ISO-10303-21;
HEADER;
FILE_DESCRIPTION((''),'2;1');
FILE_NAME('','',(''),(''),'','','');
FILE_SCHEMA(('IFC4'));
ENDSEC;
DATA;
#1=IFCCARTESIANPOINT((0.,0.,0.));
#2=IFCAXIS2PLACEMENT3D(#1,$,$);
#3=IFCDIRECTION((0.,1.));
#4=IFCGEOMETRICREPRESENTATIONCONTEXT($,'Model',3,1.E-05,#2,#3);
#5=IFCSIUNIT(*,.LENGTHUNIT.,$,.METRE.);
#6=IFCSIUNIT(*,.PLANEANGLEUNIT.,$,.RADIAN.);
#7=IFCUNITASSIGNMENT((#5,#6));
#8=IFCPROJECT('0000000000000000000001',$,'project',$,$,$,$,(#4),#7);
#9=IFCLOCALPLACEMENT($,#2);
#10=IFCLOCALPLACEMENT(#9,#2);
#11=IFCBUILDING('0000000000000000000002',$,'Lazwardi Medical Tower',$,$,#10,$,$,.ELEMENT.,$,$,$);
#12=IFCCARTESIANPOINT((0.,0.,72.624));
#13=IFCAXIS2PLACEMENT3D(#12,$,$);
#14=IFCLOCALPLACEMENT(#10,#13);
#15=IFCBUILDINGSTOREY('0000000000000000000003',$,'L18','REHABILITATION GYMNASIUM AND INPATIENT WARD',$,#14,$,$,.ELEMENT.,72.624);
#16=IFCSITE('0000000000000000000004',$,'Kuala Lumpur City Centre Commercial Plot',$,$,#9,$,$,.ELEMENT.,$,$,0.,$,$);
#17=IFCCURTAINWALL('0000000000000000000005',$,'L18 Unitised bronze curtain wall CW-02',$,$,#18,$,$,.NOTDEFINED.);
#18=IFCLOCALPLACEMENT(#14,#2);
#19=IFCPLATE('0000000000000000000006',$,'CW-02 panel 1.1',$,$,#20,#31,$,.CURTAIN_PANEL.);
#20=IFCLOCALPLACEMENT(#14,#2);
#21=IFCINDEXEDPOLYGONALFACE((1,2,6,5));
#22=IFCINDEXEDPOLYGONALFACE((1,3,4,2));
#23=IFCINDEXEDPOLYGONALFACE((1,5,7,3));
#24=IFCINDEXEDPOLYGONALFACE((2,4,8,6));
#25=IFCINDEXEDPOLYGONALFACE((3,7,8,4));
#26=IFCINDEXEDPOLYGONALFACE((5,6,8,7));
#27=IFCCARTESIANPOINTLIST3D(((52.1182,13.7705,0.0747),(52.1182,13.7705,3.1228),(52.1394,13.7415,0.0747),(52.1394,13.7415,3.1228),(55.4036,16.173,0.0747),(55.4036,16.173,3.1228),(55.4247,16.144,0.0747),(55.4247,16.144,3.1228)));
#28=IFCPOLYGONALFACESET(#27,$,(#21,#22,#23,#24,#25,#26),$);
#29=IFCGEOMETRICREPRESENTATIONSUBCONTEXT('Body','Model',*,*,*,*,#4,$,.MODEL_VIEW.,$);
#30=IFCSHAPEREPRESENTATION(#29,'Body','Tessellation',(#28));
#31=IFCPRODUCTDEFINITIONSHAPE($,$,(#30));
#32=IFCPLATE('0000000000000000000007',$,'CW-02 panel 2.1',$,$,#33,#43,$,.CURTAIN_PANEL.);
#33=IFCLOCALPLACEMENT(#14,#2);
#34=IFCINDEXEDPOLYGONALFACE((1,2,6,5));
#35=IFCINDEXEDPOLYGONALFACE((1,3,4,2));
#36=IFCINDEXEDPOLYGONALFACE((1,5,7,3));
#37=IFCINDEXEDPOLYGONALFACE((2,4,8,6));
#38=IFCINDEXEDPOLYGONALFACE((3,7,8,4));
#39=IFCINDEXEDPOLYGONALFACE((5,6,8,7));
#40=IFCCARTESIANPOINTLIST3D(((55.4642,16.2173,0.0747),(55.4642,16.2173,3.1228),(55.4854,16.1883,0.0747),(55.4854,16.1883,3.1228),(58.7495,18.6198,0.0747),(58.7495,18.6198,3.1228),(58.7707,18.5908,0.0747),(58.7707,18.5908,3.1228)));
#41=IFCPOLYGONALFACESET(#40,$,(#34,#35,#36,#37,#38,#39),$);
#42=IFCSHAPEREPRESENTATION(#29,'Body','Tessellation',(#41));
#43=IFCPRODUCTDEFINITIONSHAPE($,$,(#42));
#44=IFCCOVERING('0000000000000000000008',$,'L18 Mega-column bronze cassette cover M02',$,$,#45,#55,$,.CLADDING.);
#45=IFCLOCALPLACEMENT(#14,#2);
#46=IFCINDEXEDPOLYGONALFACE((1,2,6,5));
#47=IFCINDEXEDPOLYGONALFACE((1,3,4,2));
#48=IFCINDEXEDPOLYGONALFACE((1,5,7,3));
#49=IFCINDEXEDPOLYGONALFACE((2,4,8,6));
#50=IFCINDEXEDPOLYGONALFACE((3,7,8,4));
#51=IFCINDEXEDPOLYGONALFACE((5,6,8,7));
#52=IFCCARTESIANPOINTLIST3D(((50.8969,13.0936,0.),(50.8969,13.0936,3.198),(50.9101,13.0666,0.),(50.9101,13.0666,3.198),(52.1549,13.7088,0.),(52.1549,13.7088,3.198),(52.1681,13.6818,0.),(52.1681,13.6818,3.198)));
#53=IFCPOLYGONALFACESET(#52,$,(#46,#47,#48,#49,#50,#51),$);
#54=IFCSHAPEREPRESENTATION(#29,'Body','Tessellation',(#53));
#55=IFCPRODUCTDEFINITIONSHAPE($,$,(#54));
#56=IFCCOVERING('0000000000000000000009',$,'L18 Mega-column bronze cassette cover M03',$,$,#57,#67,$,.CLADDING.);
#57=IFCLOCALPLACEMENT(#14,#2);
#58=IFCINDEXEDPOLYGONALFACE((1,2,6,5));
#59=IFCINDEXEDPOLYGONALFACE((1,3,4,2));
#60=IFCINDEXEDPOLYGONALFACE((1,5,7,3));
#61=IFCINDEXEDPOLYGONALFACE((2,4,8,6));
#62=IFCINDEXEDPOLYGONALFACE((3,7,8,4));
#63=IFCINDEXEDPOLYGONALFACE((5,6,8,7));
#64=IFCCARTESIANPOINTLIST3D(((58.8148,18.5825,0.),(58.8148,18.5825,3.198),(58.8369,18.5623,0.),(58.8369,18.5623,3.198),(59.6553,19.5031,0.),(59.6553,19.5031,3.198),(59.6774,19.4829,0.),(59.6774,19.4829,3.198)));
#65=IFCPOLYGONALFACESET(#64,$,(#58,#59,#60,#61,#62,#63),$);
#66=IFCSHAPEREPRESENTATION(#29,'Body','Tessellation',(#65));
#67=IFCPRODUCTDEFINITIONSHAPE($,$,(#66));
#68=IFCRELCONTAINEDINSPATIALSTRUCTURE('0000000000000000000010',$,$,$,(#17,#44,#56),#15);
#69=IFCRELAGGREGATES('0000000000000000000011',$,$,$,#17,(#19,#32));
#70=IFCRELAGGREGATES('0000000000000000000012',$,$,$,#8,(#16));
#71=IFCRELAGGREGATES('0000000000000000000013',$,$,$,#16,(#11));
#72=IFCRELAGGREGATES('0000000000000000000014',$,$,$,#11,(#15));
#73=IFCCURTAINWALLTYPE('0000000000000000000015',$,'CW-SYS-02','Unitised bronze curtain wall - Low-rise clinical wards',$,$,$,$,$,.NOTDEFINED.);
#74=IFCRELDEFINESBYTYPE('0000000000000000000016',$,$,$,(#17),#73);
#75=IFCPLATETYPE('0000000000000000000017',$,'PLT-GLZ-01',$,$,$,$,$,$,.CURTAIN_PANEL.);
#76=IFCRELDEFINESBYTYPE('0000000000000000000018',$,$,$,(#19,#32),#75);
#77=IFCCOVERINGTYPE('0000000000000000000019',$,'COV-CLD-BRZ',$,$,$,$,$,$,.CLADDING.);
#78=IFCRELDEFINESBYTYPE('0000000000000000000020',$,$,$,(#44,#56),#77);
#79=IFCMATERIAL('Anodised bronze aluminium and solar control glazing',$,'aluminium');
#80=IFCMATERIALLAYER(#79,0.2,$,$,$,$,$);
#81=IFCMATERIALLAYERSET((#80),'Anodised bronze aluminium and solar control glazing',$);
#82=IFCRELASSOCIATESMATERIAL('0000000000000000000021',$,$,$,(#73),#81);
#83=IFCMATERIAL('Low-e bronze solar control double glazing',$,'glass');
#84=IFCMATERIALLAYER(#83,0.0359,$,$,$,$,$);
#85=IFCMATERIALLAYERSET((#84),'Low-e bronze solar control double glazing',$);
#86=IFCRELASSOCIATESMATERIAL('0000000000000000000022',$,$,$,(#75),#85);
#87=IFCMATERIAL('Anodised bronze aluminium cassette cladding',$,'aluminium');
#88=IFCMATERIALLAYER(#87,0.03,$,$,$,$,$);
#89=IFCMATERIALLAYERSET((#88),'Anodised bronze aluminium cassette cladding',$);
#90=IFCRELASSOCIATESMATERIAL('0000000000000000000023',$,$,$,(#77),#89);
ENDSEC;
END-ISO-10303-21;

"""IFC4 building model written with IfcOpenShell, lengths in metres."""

from ifc_helpers import new_model, si_unit, direction, frame, origin, origin_2d, place, context, subcontext, project, spatial, rectangle, extrude, material, layer, layer_set, type_object, element, aggregate, save


model = new_model("IFC4")

# Units and contexts
model_context = context("Model", 3, precision=1e-05, world=origin(), true_north=direction((0.0, 1.0)))
body_context = subcontext(model_context, "Body", "Model", "MODEL_VIEW")
ifc_project = project(units=[si_unit("LENGTHUNIT", "METRE"), si_unit("PLANEANGLEUNIT", "RADIAN")], contexts=[model_context])

# Site, building, storey
site_placement = place(None, origin())
site = spatial("IfcSite", under=ifc_project, at=site_placement, Name="Kuala Lumpur City Centre Commercial Plot", CompositionType="ELEMENT", RefElevation=0.0)
building_placement = place(site_placement, origin())
building = spatial("IfcBuilding", under=site, at=building_placement, Name="Lazwardi Medical Tower", CompositionType="ELEMENT")
storey_placement = place(building_placement, frame((0.0, 0.0, 72.624)))
storey = spatial("IfcBuildingStorey", under=building, at=storey_placement, Name="L18", Description="REHABILITATION GYMNASIUM AND INPATIENT WARD", CompositionType="ELEMENT", Elevation=72.624)

# Shared definitions
ifc_material_1 = material(Name="Anodised bronze aluminium and solar control glazing", Category="aluminium")
ifc_layer_1 = layer(ifc_material_1, 0.2)
ifc_layer_set_1 = layer_set([ifc_layer_1], Name="Anodised bronze aluminium and solar control glazing")
curtain_wall_type = type_object("IfcCurtainWallType", Name="CW-SYS-02", Description="Unitised bronze curtain wall - Low-rise clinical wards", PredefinedType="NOTDEFINED", material=ifc_layer_set_1)

# Curtain wall
curtain_wall_1_placement = place(storey_placement, origin())
curtain_wall_1 = element("IfcCurtainWall", 1, at=curtain_wall_1_placement, inside=storey, type_object=curtain_wall_type, Name="L18 Unitised bronze curtain wall CW-02", PredefinedType="NOTDEFINED")

# Plates
ifc_material_2 = material(Name="Low-e bronze solar control double glazing", Category="glass")
ifc_layer_2 = layer(ifc_material_2, 0.0359)
ifc_layer_set_2 = layer_set([ifc_layer_2], Name="Low-e bronze solar control double glazing")
plate_type = type_object("IfcPlateType", Name="PLT-GLZ-01", PredefinedType="CURTAIN_PANEL", material=ifc_layer_set_2)
plate_1_placement = place(storey_placement, frame((53.7715, 14.9573, 0.0747), z_axis=(0.0, 0.0, 1.0), x_axis=(0.807192, 0.590289, 0.0)))
plate_1 = element("IfcPlate", 2, at=plate_1_placement, type_object=plate_type, Name="CW-02 panel 1.1", PredefinedType="CURTAIN_PANEL", context=body_context, shape_type="SweptSolid", body=[
    extrude(rectangle(XDim=4.0701, YDim=0.0359, at=origin_2d()), origin(), (0.0, 0.0, 1.0), 3.0481),
])
plate_2_placement = place(storey_placement, frame((57.1174, 17.4041, 0.0747), z_axis=(0.0, 0.0, 1.0), x_axis=(0.807192, 0.590289, 0.0)))
plate_2 = element("IfcPlate", 3, at=plate_2_placement, type_object=plate_type, Name="CW-02 panel 2.1", PredefinedType="CURTAIN_PANEL", context=body_context, shape_type="SweptSolid", body=[
    extrude(rectangle(XDim=4.0701, YDim=0.0359, at=origin_2d()), origin(), (0.0, 0.0, 1.0), 3.0481),
])
aggregate(curtain_wall_1, [plate_1, plate_2])

# Coverings
ifc_material_3 = material(Name="Anodised bronze aluminium cassette cladding", Category="aluminium")
ifc_layer_3 = layer(ifc_material_3, 0.03)
ifc_layer_set_3 = layer_set([ifc_layer_3], Name="Anodised bronze aluminium cassette cladding")
covering_type = type_object("IfcCoveringType", Name="COV-CLD-BRZ", PredefinedType="CLADDING", material=ifc_layer_set_3)
covering_1_placement = place(storey_placement, frame((51.5325, 13.3877, 0.0), z_axis=(0.0, 0.0, 1.0), x_axis=(0.898334, 0.439312, 0.0)))
element("IfcCovering", 4, at=covering_1_placement, inside=storey, type_object=covering_type, Name="L18 Mega-column bronze cassette cover M02", PredefinedType="CLADDING", context=body_context, shape_type="SweptSolid", body=[
    extrude(rectangle(XDim=1.4004, YDim=0.03, at=origin_2d()), origin(), (0.0, 0.0, 1.0), 3.198),
])
covering_2_placement = place(storey_placement, frame((59.2461, 19.0327, 0.0), z_axis=(0.0, 0.0, 1.0), x_axis=(0.674252, 0.738501, 0.0)))
element("IfcCovering", 5, at=covering_2_placement, inside=storey, type_object=covering_type, Name="L18 Mega-column bronze cassette cover M03", PredefinedType="CLADDING", context=body_context, shape_type="SweptSolid", body=[
    extrude(rectangle(XDim=1.2466, YDim=0.03, at=origin_2d()), origin(), (0.0, 0.0, 1.0), 3.198),
])

save(model, "model.ifc")
